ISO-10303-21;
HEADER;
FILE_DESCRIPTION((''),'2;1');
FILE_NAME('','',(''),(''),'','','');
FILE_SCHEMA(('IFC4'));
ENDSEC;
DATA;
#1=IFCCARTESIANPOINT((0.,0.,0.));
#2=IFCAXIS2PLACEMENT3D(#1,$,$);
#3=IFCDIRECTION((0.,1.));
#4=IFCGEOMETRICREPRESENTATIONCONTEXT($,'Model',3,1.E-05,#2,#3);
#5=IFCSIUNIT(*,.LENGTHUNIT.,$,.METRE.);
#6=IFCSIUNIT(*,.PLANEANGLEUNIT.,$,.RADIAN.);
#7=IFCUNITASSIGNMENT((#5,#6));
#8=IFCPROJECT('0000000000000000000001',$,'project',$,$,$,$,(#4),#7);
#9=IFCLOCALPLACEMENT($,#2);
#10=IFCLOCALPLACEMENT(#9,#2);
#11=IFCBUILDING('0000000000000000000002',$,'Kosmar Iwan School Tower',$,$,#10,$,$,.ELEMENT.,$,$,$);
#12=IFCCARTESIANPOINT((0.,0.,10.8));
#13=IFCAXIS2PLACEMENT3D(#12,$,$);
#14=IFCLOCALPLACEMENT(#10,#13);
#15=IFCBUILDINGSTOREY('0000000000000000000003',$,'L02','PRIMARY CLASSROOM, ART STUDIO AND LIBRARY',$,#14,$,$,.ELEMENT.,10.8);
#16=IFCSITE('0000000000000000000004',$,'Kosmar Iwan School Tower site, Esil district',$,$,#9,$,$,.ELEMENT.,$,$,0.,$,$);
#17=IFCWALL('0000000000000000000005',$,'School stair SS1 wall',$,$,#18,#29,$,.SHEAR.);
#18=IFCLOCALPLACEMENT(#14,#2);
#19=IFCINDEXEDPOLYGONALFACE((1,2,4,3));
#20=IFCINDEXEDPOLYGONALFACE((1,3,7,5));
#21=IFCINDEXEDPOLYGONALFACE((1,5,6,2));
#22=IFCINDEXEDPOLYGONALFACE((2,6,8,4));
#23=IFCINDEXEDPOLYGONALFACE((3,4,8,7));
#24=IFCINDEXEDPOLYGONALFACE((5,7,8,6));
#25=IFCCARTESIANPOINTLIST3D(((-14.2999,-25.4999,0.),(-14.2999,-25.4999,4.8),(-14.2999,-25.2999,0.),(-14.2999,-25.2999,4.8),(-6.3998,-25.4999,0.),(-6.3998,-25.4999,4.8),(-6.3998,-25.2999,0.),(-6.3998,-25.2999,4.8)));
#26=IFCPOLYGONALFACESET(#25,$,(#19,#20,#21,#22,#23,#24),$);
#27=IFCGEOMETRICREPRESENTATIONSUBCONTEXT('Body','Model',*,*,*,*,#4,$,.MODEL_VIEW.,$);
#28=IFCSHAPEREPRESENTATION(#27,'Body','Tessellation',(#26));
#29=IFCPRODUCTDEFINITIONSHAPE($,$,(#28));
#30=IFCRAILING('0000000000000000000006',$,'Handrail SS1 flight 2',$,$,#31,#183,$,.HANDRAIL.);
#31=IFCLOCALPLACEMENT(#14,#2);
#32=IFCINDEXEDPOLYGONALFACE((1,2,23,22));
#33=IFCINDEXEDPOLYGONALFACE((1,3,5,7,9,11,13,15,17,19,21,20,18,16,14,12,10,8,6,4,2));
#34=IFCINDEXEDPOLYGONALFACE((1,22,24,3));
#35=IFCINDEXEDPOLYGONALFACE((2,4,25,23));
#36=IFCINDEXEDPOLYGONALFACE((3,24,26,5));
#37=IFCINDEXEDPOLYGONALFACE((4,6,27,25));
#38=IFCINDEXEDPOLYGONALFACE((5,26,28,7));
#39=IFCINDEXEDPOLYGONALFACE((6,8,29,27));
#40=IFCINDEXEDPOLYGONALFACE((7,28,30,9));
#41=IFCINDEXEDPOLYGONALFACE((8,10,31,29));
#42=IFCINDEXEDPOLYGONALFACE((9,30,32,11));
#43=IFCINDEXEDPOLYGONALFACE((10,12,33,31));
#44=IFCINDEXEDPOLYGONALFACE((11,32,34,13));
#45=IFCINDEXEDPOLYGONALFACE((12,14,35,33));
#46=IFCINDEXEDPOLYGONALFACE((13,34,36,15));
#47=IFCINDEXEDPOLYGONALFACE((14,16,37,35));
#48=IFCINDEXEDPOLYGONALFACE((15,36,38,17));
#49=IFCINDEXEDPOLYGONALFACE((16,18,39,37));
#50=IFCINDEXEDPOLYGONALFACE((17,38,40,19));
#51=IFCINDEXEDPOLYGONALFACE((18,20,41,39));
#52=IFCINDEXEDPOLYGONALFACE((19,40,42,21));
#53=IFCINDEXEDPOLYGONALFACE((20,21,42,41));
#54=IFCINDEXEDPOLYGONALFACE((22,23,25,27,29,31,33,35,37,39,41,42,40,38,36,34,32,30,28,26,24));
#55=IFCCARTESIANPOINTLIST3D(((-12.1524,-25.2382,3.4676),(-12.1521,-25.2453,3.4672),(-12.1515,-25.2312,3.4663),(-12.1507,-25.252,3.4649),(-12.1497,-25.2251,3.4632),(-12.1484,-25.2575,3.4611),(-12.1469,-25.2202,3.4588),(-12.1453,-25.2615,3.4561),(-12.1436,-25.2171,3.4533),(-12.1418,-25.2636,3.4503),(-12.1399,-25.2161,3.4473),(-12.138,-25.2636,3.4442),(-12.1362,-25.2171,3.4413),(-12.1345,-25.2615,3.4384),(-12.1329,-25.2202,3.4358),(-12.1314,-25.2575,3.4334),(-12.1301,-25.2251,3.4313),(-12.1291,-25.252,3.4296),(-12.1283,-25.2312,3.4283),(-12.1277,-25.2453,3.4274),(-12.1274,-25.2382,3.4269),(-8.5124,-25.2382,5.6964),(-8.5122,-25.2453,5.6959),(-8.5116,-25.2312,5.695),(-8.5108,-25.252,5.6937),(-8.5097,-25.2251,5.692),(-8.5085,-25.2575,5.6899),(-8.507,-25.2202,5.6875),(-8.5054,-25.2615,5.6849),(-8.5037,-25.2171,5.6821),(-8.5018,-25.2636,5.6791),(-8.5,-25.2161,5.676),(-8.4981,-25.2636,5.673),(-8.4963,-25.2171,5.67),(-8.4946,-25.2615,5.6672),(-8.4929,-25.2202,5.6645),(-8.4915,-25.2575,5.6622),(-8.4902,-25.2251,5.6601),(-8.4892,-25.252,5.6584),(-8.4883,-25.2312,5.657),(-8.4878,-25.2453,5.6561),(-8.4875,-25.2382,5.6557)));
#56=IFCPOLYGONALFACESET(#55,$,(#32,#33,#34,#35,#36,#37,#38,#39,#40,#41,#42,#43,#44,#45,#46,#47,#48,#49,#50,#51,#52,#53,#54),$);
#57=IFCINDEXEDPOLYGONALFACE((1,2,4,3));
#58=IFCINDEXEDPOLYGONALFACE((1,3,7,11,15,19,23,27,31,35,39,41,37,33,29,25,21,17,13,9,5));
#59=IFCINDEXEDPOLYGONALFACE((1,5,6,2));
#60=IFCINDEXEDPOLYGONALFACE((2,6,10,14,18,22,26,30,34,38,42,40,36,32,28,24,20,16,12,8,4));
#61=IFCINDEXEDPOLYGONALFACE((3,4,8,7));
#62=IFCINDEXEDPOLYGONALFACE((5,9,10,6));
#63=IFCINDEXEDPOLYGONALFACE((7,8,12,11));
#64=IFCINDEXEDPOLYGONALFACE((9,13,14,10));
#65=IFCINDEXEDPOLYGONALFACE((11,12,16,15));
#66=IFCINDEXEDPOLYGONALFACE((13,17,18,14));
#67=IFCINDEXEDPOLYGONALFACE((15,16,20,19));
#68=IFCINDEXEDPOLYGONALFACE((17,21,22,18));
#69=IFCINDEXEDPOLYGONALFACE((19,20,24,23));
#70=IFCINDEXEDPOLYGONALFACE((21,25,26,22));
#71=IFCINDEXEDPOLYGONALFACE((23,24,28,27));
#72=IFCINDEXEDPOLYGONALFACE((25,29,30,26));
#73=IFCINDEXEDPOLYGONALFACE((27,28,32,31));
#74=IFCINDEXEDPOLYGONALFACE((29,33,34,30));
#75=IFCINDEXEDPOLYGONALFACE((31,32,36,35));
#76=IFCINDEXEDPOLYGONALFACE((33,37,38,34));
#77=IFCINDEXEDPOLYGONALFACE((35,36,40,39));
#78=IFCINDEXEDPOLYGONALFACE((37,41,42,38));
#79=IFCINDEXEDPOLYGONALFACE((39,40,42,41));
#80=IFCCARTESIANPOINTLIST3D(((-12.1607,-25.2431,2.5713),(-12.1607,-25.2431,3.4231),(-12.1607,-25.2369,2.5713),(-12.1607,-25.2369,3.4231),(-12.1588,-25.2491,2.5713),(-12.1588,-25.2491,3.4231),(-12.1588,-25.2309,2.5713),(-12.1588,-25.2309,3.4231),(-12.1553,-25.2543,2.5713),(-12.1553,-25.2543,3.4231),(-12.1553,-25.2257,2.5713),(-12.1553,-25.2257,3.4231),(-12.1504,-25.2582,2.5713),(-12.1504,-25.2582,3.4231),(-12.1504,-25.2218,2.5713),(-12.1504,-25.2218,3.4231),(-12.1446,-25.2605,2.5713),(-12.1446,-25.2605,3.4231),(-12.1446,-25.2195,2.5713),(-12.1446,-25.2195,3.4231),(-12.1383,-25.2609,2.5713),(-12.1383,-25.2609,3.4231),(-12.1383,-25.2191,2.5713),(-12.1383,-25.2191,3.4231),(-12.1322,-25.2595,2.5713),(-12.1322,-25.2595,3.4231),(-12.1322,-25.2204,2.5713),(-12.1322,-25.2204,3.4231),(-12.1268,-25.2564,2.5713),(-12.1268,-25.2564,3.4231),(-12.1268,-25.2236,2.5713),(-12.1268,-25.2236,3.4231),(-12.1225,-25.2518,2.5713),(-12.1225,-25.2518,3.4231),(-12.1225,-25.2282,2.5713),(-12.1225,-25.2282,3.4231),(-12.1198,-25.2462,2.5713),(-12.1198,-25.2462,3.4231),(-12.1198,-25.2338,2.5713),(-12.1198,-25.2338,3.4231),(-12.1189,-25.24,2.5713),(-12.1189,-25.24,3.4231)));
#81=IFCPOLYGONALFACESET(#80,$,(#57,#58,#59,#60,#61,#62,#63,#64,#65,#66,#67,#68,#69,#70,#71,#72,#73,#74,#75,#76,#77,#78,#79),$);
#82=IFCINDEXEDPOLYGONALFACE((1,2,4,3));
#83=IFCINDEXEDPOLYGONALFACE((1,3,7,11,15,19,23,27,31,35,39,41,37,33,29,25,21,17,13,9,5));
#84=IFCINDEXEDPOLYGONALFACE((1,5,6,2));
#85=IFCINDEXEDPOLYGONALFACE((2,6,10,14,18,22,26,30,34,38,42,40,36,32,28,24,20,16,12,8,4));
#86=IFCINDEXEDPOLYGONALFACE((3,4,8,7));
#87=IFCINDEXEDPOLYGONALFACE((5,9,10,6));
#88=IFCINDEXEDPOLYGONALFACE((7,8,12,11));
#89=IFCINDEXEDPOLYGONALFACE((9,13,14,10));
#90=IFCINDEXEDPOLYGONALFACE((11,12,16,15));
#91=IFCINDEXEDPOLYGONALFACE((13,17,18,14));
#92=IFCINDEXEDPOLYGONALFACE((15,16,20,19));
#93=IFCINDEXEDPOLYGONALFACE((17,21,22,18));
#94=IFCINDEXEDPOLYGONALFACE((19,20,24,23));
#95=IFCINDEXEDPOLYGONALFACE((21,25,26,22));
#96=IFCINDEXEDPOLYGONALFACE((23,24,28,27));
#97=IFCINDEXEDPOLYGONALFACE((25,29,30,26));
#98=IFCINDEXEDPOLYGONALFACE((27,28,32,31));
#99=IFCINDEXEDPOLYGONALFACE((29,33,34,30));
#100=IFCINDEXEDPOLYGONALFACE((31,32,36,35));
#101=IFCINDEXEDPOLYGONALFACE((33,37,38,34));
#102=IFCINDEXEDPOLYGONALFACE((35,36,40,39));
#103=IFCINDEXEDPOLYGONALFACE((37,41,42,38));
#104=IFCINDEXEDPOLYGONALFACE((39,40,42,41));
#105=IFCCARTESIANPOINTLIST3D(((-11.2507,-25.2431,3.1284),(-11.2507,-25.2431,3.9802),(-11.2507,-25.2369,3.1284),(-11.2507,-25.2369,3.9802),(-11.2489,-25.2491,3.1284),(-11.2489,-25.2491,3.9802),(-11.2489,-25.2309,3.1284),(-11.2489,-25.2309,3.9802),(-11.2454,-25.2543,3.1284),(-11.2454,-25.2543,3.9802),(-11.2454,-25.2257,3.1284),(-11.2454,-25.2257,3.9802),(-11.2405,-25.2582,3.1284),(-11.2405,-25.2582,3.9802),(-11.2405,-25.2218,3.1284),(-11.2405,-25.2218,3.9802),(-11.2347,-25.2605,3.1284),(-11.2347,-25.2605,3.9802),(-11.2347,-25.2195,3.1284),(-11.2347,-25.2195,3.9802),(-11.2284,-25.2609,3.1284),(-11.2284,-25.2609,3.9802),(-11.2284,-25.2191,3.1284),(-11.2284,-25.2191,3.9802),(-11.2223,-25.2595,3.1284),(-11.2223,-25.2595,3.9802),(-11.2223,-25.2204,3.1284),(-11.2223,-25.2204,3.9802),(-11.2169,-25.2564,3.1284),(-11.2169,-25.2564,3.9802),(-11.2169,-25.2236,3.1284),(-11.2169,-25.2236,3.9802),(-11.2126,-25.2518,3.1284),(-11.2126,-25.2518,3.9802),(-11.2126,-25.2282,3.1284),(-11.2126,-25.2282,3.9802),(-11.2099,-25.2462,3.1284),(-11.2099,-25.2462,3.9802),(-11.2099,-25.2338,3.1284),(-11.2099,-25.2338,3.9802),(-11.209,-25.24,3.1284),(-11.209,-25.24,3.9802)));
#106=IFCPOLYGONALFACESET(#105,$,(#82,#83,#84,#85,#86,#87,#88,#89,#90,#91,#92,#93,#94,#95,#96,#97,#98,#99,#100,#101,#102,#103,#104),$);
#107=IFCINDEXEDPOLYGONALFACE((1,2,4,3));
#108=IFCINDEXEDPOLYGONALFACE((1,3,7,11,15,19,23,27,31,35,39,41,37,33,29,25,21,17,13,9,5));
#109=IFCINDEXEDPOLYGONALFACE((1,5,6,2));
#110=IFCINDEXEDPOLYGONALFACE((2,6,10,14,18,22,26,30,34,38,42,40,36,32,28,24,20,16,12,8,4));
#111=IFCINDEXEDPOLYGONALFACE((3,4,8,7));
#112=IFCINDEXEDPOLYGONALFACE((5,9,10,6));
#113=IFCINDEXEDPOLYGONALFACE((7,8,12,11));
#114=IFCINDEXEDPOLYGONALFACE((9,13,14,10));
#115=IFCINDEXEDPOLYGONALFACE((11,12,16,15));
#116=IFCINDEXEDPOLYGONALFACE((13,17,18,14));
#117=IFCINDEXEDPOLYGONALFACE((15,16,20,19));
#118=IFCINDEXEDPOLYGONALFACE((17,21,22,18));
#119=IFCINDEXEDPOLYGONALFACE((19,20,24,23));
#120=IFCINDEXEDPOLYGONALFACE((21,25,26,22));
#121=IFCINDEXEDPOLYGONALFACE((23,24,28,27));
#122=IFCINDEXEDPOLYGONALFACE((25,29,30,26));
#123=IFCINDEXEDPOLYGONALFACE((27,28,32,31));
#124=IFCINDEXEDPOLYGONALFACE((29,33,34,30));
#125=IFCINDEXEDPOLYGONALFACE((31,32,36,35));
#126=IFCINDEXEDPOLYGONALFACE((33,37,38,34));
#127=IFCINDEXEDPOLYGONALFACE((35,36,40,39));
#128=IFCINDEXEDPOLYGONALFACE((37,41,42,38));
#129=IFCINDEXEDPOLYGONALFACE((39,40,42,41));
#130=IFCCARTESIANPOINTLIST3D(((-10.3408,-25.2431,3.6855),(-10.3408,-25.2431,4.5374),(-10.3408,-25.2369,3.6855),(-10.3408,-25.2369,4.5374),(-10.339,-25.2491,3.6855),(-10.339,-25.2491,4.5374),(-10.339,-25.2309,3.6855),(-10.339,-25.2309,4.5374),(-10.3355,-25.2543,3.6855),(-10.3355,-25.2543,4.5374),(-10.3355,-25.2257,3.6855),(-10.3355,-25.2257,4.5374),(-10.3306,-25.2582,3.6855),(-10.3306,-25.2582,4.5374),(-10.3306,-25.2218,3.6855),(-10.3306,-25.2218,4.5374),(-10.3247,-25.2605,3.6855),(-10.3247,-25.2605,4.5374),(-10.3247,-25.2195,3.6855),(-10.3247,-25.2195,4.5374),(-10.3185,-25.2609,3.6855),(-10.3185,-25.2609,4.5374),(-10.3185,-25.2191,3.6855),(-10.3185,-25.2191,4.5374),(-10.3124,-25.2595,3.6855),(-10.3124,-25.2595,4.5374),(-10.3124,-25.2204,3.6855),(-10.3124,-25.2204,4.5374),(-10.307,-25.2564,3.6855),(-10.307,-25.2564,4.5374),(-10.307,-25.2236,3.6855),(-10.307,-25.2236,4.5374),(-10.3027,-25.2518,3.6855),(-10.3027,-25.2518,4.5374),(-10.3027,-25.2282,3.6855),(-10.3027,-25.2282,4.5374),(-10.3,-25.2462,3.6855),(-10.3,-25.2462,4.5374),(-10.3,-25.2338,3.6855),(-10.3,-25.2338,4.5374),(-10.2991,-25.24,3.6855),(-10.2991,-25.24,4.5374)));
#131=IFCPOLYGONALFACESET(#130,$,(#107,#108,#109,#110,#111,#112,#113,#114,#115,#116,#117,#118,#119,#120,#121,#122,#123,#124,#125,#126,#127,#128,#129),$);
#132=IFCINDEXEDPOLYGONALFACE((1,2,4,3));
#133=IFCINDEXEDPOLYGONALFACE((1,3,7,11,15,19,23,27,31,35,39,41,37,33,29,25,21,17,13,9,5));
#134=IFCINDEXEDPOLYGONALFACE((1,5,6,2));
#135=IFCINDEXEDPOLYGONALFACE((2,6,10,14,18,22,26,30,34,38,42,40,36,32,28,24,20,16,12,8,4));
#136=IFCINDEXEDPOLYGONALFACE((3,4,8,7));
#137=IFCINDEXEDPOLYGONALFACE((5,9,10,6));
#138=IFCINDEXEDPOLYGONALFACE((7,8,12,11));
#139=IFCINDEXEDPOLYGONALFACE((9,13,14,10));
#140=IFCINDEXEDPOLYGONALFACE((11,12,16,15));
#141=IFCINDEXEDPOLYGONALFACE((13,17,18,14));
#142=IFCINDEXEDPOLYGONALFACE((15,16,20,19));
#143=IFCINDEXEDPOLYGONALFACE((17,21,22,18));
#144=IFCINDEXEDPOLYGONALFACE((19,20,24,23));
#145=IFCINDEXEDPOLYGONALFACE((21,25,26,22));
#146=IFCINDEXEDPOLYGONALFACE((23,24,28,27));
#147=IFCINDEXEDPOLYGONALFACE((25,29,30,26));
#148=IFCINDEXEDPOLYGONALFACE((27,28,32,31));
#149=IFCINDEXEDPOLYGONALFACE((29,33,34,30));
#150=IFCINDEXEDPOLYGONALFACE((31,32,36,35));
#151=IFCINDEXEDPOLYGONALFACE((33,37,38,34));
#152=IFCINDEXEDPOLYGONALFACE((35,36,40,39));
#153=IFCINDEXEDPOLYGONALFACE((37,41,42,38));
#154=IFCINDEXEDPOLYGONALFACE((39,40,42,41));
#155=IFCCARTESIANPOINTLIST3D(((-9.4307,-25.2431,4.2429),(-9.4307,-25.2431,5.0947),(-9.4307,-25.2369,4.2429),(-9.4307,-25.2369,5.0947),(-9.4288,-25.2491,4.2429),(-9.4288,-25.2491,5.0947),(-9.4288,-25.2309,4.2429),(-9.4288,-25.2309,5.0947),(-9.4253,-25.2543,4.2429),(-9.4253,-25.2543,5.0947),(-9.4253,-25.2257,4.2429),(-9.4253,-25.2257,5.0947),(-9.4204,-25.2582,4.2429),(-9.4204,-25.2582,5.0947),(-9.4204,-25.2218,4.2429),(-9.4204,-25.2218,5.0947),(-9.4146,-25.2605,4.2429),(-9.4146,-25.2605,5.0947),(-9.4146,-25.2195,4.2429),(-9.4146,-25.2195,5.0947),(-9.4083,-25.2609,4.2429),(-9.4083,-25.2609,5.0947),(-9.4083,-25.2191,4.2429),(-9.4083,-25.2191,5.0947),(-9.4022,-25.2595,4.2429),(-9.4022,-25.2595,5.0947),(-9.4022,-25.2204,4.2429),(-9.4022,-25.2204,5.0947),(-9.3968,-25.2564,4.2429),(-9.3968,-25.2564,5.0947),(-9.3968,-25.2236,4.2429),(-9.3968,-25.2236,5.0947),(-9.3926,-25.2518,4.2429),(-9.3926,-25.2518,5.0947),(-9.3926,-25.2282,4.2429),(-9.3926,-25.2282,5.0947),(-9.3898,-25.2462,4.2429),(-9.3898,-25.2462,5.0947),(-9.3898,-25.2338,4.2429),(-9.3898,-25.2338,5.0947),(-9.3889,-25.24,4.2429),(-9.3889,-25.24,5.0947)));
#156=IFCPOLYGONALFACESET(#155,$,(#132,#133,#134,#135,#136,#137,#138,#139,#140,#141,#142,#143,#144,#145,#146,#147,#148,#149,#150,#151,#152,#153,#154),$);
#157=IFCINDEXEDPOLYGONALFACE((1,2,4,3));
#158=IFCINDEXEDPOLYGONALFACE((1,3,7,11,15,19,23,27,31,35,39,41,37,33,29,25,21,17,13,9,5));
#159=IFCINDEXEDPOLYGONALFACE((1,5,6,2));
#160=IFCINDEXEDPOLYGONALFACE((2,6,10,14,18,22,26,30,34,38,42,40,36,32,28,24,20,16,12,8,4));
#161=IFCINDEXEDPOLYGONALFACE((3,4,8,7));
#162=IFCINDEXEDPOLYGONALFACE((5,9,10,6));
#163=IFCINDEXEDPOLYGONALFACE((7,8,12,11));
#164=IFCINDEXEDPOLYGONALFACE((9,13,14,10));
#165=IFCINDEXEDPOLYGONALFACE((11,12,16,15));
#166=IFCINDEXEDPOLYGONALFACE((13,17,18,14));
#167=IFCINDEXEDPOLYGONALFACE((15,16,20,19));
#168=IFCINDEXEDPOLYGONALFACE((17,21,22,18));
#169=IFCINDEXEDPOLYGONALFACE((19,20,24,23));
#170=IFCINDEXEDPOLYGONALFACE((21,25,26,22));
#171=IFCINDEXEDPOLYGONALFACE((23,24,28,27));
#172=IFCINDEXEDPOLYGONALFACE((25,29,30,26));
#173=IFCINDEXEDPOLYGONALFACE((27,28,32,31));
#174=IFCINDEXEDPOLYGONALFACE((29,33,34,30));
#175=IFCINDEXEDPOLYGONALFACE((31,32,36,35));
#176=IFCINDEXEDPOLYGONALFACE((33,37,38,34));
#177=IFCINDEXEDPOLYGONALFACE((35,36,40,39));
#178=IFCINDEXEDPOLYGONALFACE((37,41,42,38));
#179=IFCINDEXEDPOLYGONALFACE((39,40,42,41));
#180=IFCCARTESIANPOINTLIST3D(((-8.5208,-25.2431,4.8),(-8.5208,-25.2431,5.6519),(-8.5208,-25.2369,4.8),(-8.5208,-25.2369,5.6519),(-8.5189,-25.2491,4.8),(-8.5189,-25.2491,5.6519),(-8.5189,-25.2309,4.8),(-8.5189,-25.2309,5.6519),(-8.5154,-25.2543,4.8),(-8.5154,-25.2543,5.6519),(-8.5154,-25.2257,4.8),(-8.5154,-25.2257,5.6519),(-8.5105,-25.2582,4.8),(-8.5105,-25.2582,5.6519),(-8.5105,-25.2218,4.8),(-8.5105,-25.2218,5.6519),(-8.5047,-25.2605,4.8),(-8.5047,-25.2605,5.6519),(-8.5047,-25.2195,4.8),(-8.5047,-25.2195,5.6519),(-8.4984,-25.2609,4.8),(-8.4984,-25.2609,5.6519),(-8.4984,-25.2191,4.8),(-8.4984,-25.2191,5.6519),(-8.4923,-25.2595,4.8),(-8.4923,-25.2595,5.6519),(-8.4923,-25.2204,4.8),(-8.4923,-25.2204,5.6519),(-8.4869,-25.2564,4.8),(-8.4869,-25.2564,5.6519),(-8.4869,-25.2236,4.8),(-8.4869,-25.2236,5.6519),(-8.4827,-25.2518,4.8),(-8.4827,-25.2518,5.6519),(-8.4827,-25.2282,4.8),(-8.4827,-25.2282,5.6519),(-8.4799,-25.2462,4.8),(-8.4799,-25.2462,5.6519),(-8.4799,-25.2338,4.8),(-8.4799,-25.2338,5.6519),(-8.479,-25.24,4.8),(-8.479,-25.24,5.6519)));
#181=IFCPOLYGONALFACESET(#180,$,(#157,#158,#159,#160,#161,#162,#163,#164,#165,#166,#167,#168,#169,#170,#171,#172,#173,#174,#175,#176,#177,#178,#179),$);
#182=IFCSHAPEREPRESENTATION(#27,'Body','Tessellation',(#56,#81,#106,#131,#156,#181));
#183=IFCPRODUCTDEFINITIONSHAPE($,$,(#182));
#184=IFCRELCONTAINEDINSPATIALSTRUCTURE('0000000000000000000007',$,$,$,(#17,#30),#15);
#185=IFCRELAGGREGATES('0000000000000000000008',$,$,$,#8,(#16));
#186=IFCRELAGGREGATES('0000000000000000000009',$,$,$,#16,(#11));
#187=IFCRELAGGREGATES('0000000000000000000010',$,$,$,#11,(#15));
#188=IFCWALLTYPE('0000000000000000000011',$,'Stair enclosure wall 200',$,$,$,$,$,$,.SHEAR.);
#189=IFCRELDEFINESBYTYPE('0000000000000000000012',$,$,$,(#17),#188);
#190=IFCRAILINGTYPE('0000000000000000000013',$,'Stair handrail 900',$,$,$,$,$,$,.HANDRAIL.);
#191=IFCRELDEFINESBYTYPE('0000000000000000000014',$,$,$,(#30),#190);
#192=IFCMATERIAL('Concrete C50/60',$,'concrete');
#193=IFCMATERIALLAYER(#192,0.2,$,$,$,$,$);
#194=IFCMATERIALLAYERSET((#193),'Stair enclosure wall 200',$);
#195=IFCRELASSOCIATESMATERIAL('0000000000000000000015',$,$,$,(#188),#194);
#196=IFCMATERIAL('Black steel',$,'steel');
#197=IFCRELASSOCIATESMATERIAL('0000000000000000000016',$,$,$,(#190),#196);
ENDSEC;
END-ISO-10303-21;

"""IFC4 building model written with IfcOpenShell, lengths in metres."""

from ifc_helpers import new_model, si_unit, direction, frame, frame_2d, origin, origin_2d, place, context, subcontext, project, spatial, rectangle, circle, extrude, material, layer, layer_set, type_object, element, save


model = new_model("IFC4")

# Units and contexts
model_context = context("Model", 3, precision=1e-05, world=origin(), true_north=direction((0.0, 1.0)))
body_context = subcontext(model_context, "Body", "Model", "MODEL_VIEW")
ifc_project = project(units=[si_unit("LENGTHUNIT", "METRE"), si_unit("PLANEANGLEUNIT", "RADIAN")], contexts=[model_context])

# Site, building, storey
site_placement = place(None, origin())
site = spatial("IfcSite", under=ifc_project, at=site_placement, Name="Kosmar Iwan School Tower site, Esil district", CompositionType="ELEMENT", RefElevation=0.0)
building_placement = place(site_placement, origin())
building = spatial("IfcBuilding", under=site, at=building_placement, Name="Kosmar Iwan School Tower", CompositionType="ELEMENT")
storey_placement = place(building_placement, frame((0.0, 0.0, 10.8)))
storey = spatial("IfcBuildingStorey", under=building, at=storey_placement, Name="L02", Description="PRIMARY CLASSROOM, ART STUDIO AND LIBRARY", CompositionType="ELEMENT", Elevation=10.8)

# Wall
ifc_material_1 = material(Name="Concrete C50/60", Category="concrete")
ifc_layer_1 = layer(ifc_material_1, 0.2)
ifc_layer_set_1 = layer_set([ifc_layer_1], Name="Stair enclosure wall 200")
wall_type = type_object("IfcWallType", Name="Stair enclosure wall 200", PredefinedType="SHEAR", material=ifc_layer_set_1)
wall_placement = place(storey_placement, frame((-14.3, -25.3999, 0.0), z_axis=(0.0, 0.0, 1.0), x_axis=(1.0, 0.0, 0.0)))
element("IfcWall", 1, at=wall_placement, inside=storey, type_object=wall_type, Name="School stair SS1 wall", PredefinedType="SHEAR", context=body_context, shape_type="SweptSolid", body=[
    extrude(rectangle(XDim=7.9001, YDim=0.2, at=frame_2d((3.9502, 0.0))), origin(), (0.0, 0.0, 1.0), 4.8),
])

# Railing
ifc_material_2 = material(Name="Black steel", Category="steel")
railing_type = type_object("IfcRailingType", Name="Stair handrail 900", PredefinedType="HANDRAIL", material=ifc_material_2)
railing_placement = place(storey_placement, frame((-12.1399, -25.24, 2.5713)))
element("IfcRailing", 2, at=railing_placement, inside=storey, type_object=railing_type, Name="Handrail SS1 flight 2", PredefinedType="HANDRAIL", context=body_context, shape_type="SweptSolid", body=[
    extrude(circle(Radius=0.0239, at=origin_2d()), frame((0.0, 0.0, 0.876), z_axis=(0.852825, 0.0, 0.522197), x_axis=(0.0, 1.0, 0.0)), (0.0, 0.0, 1.0), 4.2681),
    extrude(circle(Radius=0.021, at=origin_2d()), origin(), (0.0, 0.0, 1.0), 0.8518),
    extrude(circle(Radius=0.021, at=origin_2d()), frame((0.9099, 0.0, 0.5571)), (0.0, 0.0, 1.0), 0.8518),
    extrude(circle(Radius=0.021, at=origin_2d()), frame((1.8198, 0.0, 1.1143)), (0.0, 0.0, 1.0), 0.8518),
    extrude(circle(Radius=0.021, at=origin_2d()), frame((2.73, 0.0, 1.6716)), (0.0, 0.0, 1.0), 0.8518),
    extrude(circle(Radius=0.021, at=origin_2d()), frame((3.6399, 0.0, 2.2288)), (0.0, 0.0, 1.0), 0.8518),
])

save(model, "model.ifc")
